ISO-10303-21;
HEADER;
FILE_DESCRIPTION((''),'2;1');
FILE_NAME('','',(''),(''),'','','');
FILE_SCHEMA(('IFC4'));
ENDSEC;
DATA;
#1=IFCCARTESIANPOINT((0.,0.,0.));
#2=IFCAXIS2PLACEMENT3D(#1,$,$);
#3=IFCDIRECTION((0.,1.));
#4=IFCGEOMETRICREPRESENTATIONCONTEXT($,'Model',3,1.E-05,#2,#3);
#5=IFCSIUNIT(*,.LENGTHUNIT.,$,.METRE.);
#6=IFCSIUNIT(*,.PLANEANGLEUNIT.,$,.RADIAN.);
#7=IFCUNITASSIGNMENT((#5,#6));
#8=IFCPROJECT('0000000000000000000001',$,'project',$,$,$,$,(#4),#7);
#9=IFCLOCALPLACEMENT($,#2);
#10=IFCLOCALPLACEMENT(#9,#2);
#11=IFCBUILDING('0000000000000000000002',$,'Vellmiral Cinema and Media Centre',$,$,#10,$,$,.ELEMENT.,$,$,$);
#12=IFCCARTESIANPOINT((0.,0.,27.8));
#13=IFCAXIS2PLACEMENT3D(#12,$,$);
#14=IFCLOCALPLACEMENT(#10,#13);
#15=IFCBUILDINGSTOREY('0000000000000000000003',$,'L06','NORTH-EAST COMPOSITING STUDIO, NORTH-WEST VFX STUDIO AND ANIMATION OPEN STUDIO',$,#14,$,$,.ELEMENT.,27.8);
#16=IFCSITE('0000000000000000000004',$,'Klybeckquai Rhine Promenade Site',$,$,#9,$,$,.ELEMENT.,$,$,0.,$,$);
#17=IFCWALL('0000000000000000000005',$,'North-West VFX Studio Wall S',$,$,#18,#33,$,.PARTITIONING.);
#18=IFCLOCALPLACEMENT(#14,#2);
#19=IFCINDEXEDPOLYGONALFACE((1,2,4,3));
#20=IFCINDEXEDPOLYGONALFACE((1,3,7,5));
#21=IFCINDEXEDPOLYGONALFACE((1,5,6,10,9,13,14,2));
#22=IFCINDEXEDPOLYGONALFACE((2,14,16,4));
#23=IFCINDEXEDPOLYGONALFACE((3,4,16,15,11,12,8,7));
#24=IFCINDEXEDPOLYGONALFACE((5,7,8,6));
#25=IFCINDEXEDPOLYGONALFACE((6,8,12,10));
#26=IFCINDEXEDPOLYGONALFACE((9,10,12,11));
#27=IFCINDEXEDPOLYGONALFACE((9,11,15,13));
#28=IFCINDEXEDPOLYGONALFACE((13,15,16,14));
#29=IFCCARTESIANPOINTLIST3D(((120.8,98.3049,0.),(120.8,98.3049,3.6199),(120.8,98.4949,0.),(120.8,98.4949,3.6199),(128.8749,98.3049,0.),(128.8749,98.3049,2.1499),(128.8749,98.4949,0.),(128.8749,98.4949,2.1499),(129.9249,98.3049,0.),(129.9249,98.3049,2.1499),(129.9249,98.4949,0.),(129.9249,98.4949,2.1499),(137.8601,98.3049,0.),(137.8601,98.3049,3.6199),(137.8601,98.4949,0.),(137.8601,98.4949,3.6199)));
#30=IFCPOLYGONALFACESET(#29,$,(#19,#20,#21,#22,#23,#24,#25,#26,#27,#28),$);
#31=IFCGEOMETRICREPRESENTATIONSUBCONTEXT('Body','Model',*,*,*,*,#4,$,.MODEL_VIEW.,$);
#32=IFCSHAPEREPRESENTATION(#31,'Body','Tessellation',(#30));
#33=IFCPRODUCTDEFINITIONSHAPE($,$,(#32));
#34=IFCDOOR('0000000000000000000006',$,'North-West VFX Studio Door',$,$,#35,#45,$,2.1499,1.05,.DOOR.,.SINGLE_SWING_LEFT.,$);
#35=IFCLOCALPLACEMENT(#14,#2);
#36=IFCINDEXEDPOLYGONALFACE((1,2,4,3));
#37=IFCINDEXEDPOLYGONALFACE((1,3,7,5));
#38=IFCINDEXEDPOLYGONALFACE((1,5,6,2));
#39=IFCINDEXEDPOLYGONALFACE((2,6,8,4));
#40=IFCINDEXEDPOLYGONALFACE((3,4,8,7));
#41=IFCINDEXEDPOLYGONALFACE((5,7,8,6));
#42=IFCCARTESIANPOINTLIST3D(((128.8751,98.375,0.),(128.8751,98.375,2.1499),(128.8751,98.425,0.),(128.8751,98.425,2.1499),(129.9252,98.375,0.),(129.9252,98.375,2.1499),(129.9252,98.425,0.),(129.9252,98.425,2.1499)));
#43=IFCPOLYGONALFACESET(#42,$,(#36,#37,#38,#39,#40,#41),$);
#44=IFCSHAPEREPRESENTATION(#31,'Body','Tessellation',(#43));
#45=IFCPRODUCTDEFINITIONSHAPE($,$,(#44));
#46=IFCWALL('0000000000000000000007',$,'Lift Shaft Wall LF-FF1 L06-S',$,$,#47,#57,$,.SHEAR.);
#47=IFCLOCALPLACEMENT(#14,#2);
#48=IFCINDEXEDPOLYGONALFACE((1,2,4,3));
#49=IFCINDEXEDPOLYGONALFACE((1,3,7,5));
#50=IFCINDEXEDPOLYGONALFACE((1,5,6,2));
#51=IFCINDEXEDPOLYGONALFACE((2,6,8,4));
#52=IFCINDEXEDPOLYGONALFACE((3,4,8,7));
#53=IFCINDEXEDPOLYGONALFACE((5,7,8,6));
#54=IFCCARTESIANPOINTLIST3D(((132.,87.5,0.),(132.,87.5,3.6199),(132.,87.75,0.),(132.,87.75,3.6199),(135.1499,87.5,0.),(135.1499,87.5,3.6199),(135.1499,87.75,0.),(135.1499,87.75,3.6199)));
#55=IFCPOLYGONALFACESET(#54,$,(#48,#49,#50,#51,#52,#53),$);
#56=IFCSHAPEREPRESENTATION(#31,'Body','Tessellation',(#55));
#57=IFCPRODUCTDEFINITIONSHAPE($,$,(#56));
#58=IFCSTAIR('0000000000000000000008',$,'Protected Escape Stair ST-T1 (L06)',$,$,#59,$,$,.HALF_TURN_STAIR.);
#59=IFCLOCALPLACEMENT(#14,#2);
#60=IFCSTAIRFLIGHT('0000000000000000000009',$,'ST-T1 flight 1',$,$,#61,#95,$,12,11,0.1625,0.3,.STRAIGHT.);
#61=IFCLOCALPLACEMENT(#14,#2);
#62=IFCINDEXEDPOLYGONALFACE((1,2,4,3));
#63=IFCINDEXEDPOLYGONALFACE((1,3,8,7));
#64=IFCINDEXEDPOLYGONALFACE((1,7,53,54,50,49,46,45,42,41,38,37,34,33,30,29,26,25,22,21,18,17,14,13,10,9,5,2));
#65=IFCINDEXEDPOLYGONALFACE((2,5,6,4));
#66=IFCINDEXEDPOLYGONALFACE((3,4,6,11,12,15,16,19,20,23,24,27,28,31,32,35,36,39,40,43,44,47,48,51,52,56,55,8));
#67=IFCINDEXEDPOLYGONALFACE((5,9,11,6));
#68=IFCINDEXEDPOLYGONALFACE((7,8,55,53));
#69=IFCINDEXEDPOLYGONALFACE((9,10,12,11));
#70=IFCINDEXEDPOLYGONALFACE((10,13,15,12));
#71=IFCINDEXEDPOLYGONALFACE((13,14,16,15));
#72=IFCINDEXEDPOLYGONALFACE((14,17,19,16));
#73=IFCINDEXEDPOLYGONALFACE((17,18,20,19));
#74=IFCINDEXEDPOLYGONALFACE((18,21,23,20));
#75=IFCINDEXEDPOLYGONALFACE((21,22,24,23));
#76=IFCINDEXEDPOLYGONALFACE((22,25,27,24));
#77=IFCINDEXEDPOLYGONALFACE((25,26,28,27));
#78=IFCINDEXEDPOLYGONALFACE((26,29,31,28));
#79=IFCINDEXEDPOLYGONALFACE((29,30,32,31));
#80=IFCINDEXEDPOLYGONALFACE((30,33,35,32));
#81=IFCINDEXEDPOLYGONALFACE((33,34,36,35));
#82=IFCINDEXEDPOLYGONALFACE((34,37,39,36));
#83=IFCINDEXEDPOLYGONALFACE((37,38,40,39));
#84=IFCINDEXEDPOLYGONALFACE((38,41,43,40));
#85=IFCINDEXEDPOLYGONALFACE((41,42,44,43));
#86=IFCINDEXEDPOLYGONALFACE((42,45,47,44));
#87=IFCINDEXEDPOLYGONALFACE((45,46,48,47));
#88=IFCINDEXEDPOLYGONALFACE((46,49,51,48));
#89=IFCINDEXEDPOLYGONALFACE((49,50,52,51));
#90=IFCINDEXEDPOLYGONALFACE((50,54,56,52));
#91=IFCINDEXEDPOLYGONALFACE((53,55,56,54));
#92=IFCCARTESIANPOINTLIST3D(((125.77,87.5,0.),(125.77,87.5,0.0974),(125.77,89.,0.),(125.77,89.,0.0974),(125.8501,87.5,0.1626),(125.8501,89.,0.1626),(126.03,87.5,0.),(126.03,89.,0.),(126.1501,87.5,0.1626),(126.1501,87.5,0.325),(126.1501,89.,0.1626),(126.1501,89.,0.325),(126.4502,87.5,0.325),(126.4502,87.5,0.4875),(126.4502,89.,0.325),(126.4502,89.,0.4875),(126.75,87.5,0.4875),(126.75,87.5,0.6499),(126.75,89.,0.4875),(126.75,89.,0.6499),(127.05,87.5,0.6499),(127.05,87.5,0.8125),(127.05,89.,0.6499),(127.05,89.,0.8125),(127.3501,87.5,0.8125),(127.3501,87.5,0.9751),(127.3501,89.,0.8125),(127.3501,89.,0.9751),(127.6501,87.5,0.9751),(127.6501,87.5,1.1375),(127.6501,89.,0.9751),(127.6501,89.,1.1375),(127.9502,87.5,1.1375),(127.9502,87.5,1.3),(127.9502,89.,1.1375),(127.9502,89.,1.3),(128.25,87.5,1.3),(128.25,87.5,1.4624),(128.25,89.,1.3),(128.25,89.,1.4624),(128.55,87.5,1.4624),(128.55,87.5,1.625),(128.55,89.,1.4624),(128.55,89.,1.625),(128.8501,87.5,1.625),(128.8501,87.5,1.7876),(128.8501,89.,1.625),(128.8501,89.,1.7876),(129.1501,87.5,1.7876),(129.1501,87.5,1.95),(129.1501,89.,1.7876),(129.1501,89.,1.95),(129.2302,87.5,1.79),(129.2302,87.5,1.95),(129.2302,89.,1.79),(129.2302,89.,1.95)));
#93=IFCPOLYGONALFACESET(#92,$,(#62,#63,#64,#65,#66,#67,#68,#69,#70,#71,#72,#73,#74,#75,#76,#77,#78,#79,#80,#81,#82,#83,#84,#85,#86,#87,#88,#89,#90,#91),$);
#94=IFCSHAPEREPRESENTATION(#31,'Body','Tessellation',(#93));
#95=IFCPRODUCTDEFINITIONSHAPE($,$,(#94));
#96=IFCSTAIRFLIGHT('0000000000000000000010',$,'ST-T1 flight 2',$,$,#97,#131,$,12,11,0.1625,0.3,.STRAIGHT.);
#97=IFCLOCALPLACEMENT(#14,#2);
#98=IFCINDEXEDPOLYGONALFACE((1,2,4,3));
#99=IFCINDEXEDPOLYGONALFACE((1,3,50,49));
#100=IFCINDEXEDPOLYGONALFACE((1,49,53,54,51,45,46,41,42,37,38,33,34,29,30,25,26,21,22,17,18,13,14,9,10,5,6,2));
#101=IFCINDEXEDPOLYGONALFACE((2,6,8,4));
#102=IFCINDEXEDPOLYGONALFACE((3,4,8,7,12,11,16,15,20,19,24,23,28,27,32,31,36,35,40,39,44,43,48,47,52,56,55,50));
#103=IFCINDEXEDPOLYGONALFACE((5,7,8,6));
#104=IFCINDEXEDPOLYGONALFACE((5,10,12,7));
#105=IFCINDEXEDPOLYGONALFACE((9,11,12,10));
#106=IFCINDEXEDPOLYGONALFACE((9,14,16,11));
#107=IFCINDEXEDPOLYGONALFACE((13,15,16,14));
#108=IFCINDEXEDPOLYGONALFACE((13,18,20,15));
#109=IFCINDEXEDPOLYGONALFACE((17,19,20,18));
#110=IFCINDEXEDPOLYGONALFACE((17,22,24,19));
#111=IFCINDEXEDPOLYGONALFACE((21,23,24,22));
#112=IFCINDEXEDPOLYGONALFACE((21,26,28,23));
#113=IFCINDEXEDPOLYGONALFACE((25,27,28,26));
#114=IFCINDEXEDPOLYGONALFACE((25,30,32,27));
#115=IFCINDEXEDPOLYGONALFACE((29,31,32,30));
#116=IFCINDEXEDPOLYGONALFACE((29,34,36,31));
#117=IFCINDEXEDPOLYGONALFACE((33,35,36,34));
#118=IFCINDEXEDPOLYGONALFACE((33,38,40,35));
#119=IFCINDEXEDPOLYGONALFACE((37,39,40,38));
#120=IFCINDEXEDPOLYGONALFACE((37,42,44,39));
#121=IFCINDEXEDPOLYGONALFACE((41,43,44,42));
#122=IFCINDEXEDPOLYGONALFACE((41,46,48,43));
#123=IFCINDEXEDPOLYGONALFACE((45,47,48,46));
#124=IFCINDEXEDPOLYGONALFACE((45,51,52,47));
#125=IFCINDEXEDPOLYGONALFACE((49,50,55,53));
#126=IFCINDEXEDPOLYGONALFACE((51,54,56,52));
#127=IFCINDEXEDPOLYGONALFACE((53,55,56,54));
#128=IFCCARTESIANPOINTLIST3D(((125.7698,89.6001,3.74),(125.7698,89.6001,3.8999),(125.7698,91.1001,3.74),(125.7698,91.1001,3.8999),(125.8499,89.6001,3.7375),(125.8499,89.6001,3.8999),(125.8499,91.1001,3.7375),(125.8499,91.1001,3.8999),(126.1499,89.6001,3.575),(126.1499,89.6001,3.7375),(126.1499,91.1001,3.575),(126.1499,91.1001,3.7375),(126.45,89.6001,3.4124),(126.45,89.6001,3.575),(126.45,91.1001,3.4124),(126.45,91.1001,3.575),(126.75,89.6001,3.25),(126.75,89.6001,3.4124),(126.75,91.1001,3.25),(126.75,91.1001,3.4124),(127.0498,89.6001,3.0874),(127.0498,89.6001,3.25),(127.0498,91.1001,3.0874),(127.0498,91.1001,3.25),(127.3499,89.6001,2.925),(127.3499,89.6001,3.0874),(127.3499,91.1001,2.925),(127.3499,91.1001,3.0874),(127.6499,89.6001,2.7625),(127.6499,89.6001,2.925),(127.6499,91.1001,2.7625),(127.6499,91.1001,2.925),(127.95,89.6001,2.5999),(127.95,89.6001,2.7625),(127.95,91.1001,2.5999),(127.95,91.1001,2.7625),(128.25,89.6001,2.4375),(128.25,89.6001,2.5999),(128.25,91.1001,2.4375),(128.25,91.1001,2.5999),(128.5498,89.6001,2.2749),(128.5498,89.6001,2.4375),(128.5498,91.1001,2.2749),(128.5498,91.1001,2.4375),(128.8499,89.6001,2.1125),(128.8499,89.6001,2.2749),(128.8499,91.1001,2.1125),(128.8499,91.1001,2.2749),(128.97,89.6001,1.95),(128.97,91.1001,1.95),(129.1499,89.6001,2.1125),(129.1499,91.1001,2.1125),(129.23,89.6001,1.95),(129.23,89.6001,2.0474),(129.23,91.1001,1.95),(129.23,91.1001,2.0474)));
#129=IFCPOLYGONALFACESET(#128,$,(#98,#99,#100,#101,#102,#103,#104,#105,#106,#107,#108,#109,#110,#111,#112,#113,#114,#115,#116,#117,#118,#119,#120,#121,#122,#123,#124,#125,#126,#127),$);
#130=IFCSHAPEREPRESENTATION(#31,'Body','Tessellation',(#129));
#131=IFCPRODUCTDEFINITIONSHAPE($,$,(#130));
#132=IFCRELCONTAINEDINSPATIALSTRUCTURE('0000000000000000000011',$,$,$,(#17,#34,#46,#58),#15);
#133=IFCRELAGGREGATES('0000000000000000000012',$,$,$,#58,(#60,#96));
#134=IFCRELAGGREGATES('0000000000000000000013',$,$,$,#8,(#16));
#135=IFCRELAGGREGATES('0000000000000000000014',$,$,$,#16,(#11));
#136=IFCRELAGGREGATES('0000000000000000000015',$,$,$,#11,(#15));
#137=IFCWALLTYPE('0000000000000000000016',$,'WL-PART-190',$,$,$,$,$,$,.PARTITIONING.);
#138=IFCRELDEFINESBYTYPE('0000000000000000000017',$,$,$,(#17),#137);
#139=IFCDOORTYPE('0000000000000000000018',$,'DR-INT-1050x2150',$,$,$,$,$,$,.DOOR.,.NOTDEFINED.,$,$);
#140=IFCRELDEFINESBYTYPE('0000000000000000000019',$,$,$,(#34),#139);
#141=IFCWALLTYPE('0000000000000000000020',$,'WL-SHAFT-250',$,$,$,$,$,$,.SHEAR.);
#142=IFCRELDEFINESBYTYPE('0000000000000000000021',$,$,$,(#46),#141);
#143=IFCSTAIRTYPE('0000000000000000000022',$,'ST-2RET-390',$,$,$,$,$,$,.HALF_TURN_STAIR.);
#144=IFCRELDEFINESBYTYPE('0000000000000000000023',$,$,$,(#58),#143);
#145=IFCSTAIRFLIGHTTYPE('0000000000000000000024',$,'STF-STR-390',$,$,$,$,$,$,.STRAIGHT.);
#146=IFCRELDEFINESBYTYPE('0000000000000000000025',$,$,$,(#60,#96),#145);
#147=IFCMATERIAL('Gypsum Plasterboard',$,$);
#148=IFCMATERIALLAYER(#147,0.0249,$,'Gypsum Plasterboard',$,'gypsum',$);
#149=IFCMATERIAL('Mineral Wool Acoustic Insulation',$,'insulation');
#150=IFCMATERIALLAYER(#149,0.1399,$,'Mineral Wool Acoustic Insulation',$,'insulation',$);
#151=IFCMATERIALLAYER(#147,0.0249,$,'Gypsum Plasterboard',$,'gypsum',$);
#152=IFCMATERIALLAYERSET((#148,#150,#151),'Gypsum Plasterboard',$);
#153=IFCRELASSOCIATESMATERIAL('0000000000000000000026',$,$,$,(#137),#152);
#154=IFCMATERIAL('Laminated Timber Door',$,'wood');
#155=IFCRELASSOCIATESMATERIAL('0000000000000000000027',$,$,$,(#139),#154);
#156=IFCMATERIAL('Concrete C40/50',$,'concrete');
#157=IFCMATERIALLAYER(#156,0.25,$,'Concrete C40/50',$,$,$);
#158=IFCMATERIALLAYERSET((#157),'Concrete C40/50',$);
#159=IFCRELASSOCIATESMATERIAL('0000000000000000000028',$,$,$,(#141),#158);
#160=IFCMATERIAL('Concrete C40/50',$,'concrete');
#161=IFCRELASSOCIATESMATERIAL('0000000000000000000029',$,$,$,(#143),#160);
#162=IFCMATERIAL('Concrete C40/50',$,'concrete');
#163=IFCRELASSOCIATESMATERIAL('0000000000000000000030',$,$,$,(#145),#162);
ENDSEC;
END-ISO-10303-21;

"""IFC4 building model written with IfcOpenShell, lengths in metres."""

from ifc_helpers import new_model, si_unit, direction, frame, frame_2d, origin, place, context, subcontext, project, spatial, polyline, rectangle, outline, extrude, material, layer, layer_set, type_object, element, fill, aggregate, save


model = new_model("IFC4")

# Units and contexts
model_context = context("Model", 3, precision=1e-05, world=origin(), true_north=direction((0.0, 1.0)))
body_context = subcontext(model_context, "Body", "Model", "MODEL_VIEW")
ifc_project = project(units=[si_unit("LENGTHUNIT", "METRE"), si_unit("PLANEANGLEUNIT", "RADIAN")], contexts=[model_context])

# Site, building, storey
site_placement = place(None, origin())
site = spatial("IfcSite", under=ifc_project, at=site_placement, Name="Klybeckquai Rhine Promenade Site", CompositionType="ELEMENT", RefElevation=0.0)
building_placement = place(site_placement, origin())
building = spatial("IfcBuilding", under=site, at=building_placement, Name="Vellmiral Cinema and Media Centre", CompositionType="ELEMENT")
storey_placement = place(building_placement, frame((0.0, 0.0, 27.8)))
storey = spatial("IfcBuildingStorey", under=building, at=storey_placement, Name="L06", Description="NORTH-EAST COMPOSITING STUDIO, NORTH-WEST VFX STUDIO AND ANIMATION OPEN STUDIO", CompositionType="ELEMENT", Elevation=27.8)

# Wall, opening, door
ifc_material_1 = material(Name="Gypsum Plasterboard")
ifc_layer_1 = layer(ifc_material_1, 0.0249, Name="Gypsum Plasterboard", Category="gypsum")
ifc_material_2 = material(Name="Mineral Wool Acoustic Insulation", Category="insulation")
ifc_layer_2 = layer(ifc_material_2, 0.1399, Name="Mineral Wool Acoustic Insulation", Category="insulation")
ifc_layer_3 = layer(ifc_material_1, 0.0249, Name="Gypsum Plasterboard", Category="gypsum")
ifc_layer_set_1 = layer_set([ifc_layer_1, ifc_layer_2, ifc_layer_3], Name="Gypsum Plasterboard")
wall_type_1 = type_object("IfcWallType", Name="WL-PART-190", PredefinedType="PARTITIONING", material=ifc_layer_set_1)
wall_1_placement = place(storey_placement, frame((120.8, 98.3999, 0.0), z_axis=(0.0, 0.0, 1.0), x_axis=(1.0, 0.0, 0.0)))
wall_1 = element("IfcWall", 1, at=wall_1_placement, inside=storey, type_object=wall_type_1, Name="North-West VFX Studio Wall S", PredefinedType="PARTITIONING", context=body_context, shape_type="SweptSolid", body=[
    extrude(rectangle(XDim=17.0601, YDim=0.1899, at=frame_2d((8.53, 0.0))), origin(), (0.0, 0.0, 1.0), 3.6199),
])
opening_1_placement = place(wall_1_placement, frame((8.075, 0.0, 0.0)))
opening_1 = element("IfcOpeningElement", 2, at=opening_1_placement, cuts=wall_1, PredefinedType="OPENING", context=body_context, shape_type="SweptSolid", body=[
    extrude(rectangle(XDim=1.05, YDim=2.1499, at=frame_2d((0.5249, 1.075))), frame((0.0, 0.1069, 0.0), z_axis=(0.0, -1.0, 0.0), x_axis=(1.0, 0.0, 0.0)), (0.0, 0.0, 1.0), 0.2139),
])
ifc_material_3 = material(Name="Laminated Timber Door", Category="wood")
door_type_1 = type_object("IfcDoorType", Name="DR-INT-1050x2150", OperationType="NOTDEFINED", PredefinedType="DOOR", material=ifc_material_3)
door_1_placement = place(opening_1_placement, frame((1.05, 0.0, 0.0), z_axis=(0.0, 0.0, 1.0), x_axis=(-1.0, 0.0, 0.0)))
door_1 = element("IfcDoor", 3, at=door_1_placement, inside=storey, type_object=door_type_1, Name="North-West VFX Studio Door", OperationType="SINGLE_SWING_LEFT", OverallHeight=2.1499, OverallWidth=1.05, PredefinedType="DOOR", context=body_context, shape_type="SweptSolid", body=[
    extrude(rectangle(XDim=1.05, YDim=2.1499, at=frame_2d((0.5249, 1.075))), frame((0.0, 0.0249, 0.0), z_axis=(0.0, -1.0, 0.0), x_axis=(1.0, 0.0, 0.0)), (0.0, 0.0, 1.0), 0.05),
])
fill(opening_1, door_1)

# Wall
ifc_material_4 = material(Name="Concrete C40/50", Category="concrete")
ifc_layer_4 = layer(ifc_material_4, 0.25, Name="Concrete C40/50")
ifc_layer_set_2 = layer_set([ifc_layer_4], Name="Concrete C40/50")
wall_type_2 = type_object("IfcWallType", Name="WL-SHAFT-250", PredefinedType="SHEAR", material=ifc_layer_set_2)
wall_2_placement = place(storey_placement, frame((132.0, 87.625, 0.0), z_axis=(0.0, 0.0, 1.0), x_axis=(1.0, 0.0, 0.0)))
element("IfcWall", 4, at=wall_2_placement, inside=storey, type_object=wall_type_2, Name="Lift Shaft Wall LF-FF1 L06-S", PredefinedType="SHEAR", context=body_context, shape_type="SweptSolid", body=[
    extrude(rectangle(XDim=3.1499, YDim=0.25, at=frame_2d((1.575, 0.0))), origin(), (0.0, 0.0, 1.0), 3.6199),
])

# Stair, stair flights
ifc_material_5 = material(Name="Concrete C40/50", Category="concrete")
stair_type = type_object("IfcStairType", Name="ST-2RET-390", PredefinedType="HALF_TURN_STAIR", material=ifc_material_5)
stair_placement = place(storey_placement, origin())
stair = element("IfcStair", 5, at=stair_placement, inside=storey, type_object=stair_type, Name="Protected Escape Stair ST-T1 (L06)", PredefinedType="HALF_TURN_STAIR")
ifc_material_6 = material(Name="Concrete C40/50", Category="concrete")
stair_flight_type = type_object("IfcStairFlightType", Name="STF-STR-390", PredefinedType="STRAIGHT", material=ifc_material_6)
stair_flight_1_placement = place(storey_placement, frame((125.8501, 88.25, 0.0), z_axis=(0.0, 0.0, 1.0), x_axis=(1.0, 0.0, 0.0)))
stair_flight_1 = element("IfcStairFlight", 6, at=stair_flight_1_placement, type_object=stair_flight_type, Name="ST-T1 flight 1", NumberOfRisers=12, NumberOfTreads=11, PredefinedType="STRAIGHT", RiserHeight=0.1625, TreadLength=0.3, context=body_context, shape_type="SweptSolid", body=[
    extrude(outline(polyline([(-0.0801, 0.0), (-0.0801, 0.0974), (0.0, 0.1626), (0.3, 0.1626), (0.3, 0.325), (0.6001, 0.325), (0.6001, 0.4875), (0.8999, 0.4875), (0.8999, 0.6499), (1.2, 0.6499), (1.2, 0.8125), (1.5, 0.8125), (1.5, 0.9751), (1.8, 0.9751), (1.8, 1.1375), (2.1001, 1.1375), (2.1001, 1.3), (2.3999, 1.3), (2.3999, 1.4624), (2.7, 1.4624), (2.7, 1.625), (3.0, 1.625), (3.0, 1.7876), (3.3, 1.7876), (3.3, 1.95), (3.3801, 1.95), (3.3801, 1.79), (0.1799, 0.0), (-0.0801, 0.0)])), frame((0.0, 0.75, 0.0), z_axis=(0.0, -1.0, 0.0), x_axis=(1.0, 0.0, 0.0)), (0.0, 0.0, 1.0), 1.5),
])
stair_flight_2_placement = place(storey_placement, frame((129.1499, 90.3501, 1.95), z_axis=(0.0, 0.0, 1.0), x_axis=(-1.0, 0.0, 0.0)))
stair_flight_2 = element("IfcStairFlight", 7, at=stair_flight_2_placement, type_object=stair_flight_type, Name="ST-T1 flight 2", NumberOfRisers=12, NumberOfTreads=11, PredefinedType="STRAIGHT", RiserHeight=0.1625, TreadLength=0.3, context=body_context, shape_type="SweptSolid", body=[
    extrude(outline(polyline([(-0.0801, 0.0), (-0.0801, 0.0974), (0.0, 0.1626), (0.3, 0.1626), (0.3, 0.325), (0.6001, 0.325), (0.6001, 0.4875), (0.8999, 0.4875), (0.8999, 0.6499), (1.2, 0.6499), (1.2, 0.8125), (1.5, 0.8125), (1.5, 0.9751), (1.8, 0.9751), (1.8, 1.1375), (2.1001, 1.1375), (2.1001, 1.3), (2.3999, 1.3), (2.3999, 1.4624), (2.7, 1.4624), (2.7, 1.625), (3.0, 1.625), (3.0, 1.7876), (3.3, 1.7876), (3.3, 1.95), (3.3801, 1.95), (3.3801, 1.79), (0.1799, 0.0), (-0.0801, 0.0)])), frame((0.0, 0.75, 0.0), z_axis=(0.0, -1.0, 0.0), x_axis=(1.0, 0.0, 0.0)), (0.0, 0.0, 1.0), 1.5),
])
aggregate(stair, [stair_flight_1, stair_flight_2])

save(model, "model.ifc")
